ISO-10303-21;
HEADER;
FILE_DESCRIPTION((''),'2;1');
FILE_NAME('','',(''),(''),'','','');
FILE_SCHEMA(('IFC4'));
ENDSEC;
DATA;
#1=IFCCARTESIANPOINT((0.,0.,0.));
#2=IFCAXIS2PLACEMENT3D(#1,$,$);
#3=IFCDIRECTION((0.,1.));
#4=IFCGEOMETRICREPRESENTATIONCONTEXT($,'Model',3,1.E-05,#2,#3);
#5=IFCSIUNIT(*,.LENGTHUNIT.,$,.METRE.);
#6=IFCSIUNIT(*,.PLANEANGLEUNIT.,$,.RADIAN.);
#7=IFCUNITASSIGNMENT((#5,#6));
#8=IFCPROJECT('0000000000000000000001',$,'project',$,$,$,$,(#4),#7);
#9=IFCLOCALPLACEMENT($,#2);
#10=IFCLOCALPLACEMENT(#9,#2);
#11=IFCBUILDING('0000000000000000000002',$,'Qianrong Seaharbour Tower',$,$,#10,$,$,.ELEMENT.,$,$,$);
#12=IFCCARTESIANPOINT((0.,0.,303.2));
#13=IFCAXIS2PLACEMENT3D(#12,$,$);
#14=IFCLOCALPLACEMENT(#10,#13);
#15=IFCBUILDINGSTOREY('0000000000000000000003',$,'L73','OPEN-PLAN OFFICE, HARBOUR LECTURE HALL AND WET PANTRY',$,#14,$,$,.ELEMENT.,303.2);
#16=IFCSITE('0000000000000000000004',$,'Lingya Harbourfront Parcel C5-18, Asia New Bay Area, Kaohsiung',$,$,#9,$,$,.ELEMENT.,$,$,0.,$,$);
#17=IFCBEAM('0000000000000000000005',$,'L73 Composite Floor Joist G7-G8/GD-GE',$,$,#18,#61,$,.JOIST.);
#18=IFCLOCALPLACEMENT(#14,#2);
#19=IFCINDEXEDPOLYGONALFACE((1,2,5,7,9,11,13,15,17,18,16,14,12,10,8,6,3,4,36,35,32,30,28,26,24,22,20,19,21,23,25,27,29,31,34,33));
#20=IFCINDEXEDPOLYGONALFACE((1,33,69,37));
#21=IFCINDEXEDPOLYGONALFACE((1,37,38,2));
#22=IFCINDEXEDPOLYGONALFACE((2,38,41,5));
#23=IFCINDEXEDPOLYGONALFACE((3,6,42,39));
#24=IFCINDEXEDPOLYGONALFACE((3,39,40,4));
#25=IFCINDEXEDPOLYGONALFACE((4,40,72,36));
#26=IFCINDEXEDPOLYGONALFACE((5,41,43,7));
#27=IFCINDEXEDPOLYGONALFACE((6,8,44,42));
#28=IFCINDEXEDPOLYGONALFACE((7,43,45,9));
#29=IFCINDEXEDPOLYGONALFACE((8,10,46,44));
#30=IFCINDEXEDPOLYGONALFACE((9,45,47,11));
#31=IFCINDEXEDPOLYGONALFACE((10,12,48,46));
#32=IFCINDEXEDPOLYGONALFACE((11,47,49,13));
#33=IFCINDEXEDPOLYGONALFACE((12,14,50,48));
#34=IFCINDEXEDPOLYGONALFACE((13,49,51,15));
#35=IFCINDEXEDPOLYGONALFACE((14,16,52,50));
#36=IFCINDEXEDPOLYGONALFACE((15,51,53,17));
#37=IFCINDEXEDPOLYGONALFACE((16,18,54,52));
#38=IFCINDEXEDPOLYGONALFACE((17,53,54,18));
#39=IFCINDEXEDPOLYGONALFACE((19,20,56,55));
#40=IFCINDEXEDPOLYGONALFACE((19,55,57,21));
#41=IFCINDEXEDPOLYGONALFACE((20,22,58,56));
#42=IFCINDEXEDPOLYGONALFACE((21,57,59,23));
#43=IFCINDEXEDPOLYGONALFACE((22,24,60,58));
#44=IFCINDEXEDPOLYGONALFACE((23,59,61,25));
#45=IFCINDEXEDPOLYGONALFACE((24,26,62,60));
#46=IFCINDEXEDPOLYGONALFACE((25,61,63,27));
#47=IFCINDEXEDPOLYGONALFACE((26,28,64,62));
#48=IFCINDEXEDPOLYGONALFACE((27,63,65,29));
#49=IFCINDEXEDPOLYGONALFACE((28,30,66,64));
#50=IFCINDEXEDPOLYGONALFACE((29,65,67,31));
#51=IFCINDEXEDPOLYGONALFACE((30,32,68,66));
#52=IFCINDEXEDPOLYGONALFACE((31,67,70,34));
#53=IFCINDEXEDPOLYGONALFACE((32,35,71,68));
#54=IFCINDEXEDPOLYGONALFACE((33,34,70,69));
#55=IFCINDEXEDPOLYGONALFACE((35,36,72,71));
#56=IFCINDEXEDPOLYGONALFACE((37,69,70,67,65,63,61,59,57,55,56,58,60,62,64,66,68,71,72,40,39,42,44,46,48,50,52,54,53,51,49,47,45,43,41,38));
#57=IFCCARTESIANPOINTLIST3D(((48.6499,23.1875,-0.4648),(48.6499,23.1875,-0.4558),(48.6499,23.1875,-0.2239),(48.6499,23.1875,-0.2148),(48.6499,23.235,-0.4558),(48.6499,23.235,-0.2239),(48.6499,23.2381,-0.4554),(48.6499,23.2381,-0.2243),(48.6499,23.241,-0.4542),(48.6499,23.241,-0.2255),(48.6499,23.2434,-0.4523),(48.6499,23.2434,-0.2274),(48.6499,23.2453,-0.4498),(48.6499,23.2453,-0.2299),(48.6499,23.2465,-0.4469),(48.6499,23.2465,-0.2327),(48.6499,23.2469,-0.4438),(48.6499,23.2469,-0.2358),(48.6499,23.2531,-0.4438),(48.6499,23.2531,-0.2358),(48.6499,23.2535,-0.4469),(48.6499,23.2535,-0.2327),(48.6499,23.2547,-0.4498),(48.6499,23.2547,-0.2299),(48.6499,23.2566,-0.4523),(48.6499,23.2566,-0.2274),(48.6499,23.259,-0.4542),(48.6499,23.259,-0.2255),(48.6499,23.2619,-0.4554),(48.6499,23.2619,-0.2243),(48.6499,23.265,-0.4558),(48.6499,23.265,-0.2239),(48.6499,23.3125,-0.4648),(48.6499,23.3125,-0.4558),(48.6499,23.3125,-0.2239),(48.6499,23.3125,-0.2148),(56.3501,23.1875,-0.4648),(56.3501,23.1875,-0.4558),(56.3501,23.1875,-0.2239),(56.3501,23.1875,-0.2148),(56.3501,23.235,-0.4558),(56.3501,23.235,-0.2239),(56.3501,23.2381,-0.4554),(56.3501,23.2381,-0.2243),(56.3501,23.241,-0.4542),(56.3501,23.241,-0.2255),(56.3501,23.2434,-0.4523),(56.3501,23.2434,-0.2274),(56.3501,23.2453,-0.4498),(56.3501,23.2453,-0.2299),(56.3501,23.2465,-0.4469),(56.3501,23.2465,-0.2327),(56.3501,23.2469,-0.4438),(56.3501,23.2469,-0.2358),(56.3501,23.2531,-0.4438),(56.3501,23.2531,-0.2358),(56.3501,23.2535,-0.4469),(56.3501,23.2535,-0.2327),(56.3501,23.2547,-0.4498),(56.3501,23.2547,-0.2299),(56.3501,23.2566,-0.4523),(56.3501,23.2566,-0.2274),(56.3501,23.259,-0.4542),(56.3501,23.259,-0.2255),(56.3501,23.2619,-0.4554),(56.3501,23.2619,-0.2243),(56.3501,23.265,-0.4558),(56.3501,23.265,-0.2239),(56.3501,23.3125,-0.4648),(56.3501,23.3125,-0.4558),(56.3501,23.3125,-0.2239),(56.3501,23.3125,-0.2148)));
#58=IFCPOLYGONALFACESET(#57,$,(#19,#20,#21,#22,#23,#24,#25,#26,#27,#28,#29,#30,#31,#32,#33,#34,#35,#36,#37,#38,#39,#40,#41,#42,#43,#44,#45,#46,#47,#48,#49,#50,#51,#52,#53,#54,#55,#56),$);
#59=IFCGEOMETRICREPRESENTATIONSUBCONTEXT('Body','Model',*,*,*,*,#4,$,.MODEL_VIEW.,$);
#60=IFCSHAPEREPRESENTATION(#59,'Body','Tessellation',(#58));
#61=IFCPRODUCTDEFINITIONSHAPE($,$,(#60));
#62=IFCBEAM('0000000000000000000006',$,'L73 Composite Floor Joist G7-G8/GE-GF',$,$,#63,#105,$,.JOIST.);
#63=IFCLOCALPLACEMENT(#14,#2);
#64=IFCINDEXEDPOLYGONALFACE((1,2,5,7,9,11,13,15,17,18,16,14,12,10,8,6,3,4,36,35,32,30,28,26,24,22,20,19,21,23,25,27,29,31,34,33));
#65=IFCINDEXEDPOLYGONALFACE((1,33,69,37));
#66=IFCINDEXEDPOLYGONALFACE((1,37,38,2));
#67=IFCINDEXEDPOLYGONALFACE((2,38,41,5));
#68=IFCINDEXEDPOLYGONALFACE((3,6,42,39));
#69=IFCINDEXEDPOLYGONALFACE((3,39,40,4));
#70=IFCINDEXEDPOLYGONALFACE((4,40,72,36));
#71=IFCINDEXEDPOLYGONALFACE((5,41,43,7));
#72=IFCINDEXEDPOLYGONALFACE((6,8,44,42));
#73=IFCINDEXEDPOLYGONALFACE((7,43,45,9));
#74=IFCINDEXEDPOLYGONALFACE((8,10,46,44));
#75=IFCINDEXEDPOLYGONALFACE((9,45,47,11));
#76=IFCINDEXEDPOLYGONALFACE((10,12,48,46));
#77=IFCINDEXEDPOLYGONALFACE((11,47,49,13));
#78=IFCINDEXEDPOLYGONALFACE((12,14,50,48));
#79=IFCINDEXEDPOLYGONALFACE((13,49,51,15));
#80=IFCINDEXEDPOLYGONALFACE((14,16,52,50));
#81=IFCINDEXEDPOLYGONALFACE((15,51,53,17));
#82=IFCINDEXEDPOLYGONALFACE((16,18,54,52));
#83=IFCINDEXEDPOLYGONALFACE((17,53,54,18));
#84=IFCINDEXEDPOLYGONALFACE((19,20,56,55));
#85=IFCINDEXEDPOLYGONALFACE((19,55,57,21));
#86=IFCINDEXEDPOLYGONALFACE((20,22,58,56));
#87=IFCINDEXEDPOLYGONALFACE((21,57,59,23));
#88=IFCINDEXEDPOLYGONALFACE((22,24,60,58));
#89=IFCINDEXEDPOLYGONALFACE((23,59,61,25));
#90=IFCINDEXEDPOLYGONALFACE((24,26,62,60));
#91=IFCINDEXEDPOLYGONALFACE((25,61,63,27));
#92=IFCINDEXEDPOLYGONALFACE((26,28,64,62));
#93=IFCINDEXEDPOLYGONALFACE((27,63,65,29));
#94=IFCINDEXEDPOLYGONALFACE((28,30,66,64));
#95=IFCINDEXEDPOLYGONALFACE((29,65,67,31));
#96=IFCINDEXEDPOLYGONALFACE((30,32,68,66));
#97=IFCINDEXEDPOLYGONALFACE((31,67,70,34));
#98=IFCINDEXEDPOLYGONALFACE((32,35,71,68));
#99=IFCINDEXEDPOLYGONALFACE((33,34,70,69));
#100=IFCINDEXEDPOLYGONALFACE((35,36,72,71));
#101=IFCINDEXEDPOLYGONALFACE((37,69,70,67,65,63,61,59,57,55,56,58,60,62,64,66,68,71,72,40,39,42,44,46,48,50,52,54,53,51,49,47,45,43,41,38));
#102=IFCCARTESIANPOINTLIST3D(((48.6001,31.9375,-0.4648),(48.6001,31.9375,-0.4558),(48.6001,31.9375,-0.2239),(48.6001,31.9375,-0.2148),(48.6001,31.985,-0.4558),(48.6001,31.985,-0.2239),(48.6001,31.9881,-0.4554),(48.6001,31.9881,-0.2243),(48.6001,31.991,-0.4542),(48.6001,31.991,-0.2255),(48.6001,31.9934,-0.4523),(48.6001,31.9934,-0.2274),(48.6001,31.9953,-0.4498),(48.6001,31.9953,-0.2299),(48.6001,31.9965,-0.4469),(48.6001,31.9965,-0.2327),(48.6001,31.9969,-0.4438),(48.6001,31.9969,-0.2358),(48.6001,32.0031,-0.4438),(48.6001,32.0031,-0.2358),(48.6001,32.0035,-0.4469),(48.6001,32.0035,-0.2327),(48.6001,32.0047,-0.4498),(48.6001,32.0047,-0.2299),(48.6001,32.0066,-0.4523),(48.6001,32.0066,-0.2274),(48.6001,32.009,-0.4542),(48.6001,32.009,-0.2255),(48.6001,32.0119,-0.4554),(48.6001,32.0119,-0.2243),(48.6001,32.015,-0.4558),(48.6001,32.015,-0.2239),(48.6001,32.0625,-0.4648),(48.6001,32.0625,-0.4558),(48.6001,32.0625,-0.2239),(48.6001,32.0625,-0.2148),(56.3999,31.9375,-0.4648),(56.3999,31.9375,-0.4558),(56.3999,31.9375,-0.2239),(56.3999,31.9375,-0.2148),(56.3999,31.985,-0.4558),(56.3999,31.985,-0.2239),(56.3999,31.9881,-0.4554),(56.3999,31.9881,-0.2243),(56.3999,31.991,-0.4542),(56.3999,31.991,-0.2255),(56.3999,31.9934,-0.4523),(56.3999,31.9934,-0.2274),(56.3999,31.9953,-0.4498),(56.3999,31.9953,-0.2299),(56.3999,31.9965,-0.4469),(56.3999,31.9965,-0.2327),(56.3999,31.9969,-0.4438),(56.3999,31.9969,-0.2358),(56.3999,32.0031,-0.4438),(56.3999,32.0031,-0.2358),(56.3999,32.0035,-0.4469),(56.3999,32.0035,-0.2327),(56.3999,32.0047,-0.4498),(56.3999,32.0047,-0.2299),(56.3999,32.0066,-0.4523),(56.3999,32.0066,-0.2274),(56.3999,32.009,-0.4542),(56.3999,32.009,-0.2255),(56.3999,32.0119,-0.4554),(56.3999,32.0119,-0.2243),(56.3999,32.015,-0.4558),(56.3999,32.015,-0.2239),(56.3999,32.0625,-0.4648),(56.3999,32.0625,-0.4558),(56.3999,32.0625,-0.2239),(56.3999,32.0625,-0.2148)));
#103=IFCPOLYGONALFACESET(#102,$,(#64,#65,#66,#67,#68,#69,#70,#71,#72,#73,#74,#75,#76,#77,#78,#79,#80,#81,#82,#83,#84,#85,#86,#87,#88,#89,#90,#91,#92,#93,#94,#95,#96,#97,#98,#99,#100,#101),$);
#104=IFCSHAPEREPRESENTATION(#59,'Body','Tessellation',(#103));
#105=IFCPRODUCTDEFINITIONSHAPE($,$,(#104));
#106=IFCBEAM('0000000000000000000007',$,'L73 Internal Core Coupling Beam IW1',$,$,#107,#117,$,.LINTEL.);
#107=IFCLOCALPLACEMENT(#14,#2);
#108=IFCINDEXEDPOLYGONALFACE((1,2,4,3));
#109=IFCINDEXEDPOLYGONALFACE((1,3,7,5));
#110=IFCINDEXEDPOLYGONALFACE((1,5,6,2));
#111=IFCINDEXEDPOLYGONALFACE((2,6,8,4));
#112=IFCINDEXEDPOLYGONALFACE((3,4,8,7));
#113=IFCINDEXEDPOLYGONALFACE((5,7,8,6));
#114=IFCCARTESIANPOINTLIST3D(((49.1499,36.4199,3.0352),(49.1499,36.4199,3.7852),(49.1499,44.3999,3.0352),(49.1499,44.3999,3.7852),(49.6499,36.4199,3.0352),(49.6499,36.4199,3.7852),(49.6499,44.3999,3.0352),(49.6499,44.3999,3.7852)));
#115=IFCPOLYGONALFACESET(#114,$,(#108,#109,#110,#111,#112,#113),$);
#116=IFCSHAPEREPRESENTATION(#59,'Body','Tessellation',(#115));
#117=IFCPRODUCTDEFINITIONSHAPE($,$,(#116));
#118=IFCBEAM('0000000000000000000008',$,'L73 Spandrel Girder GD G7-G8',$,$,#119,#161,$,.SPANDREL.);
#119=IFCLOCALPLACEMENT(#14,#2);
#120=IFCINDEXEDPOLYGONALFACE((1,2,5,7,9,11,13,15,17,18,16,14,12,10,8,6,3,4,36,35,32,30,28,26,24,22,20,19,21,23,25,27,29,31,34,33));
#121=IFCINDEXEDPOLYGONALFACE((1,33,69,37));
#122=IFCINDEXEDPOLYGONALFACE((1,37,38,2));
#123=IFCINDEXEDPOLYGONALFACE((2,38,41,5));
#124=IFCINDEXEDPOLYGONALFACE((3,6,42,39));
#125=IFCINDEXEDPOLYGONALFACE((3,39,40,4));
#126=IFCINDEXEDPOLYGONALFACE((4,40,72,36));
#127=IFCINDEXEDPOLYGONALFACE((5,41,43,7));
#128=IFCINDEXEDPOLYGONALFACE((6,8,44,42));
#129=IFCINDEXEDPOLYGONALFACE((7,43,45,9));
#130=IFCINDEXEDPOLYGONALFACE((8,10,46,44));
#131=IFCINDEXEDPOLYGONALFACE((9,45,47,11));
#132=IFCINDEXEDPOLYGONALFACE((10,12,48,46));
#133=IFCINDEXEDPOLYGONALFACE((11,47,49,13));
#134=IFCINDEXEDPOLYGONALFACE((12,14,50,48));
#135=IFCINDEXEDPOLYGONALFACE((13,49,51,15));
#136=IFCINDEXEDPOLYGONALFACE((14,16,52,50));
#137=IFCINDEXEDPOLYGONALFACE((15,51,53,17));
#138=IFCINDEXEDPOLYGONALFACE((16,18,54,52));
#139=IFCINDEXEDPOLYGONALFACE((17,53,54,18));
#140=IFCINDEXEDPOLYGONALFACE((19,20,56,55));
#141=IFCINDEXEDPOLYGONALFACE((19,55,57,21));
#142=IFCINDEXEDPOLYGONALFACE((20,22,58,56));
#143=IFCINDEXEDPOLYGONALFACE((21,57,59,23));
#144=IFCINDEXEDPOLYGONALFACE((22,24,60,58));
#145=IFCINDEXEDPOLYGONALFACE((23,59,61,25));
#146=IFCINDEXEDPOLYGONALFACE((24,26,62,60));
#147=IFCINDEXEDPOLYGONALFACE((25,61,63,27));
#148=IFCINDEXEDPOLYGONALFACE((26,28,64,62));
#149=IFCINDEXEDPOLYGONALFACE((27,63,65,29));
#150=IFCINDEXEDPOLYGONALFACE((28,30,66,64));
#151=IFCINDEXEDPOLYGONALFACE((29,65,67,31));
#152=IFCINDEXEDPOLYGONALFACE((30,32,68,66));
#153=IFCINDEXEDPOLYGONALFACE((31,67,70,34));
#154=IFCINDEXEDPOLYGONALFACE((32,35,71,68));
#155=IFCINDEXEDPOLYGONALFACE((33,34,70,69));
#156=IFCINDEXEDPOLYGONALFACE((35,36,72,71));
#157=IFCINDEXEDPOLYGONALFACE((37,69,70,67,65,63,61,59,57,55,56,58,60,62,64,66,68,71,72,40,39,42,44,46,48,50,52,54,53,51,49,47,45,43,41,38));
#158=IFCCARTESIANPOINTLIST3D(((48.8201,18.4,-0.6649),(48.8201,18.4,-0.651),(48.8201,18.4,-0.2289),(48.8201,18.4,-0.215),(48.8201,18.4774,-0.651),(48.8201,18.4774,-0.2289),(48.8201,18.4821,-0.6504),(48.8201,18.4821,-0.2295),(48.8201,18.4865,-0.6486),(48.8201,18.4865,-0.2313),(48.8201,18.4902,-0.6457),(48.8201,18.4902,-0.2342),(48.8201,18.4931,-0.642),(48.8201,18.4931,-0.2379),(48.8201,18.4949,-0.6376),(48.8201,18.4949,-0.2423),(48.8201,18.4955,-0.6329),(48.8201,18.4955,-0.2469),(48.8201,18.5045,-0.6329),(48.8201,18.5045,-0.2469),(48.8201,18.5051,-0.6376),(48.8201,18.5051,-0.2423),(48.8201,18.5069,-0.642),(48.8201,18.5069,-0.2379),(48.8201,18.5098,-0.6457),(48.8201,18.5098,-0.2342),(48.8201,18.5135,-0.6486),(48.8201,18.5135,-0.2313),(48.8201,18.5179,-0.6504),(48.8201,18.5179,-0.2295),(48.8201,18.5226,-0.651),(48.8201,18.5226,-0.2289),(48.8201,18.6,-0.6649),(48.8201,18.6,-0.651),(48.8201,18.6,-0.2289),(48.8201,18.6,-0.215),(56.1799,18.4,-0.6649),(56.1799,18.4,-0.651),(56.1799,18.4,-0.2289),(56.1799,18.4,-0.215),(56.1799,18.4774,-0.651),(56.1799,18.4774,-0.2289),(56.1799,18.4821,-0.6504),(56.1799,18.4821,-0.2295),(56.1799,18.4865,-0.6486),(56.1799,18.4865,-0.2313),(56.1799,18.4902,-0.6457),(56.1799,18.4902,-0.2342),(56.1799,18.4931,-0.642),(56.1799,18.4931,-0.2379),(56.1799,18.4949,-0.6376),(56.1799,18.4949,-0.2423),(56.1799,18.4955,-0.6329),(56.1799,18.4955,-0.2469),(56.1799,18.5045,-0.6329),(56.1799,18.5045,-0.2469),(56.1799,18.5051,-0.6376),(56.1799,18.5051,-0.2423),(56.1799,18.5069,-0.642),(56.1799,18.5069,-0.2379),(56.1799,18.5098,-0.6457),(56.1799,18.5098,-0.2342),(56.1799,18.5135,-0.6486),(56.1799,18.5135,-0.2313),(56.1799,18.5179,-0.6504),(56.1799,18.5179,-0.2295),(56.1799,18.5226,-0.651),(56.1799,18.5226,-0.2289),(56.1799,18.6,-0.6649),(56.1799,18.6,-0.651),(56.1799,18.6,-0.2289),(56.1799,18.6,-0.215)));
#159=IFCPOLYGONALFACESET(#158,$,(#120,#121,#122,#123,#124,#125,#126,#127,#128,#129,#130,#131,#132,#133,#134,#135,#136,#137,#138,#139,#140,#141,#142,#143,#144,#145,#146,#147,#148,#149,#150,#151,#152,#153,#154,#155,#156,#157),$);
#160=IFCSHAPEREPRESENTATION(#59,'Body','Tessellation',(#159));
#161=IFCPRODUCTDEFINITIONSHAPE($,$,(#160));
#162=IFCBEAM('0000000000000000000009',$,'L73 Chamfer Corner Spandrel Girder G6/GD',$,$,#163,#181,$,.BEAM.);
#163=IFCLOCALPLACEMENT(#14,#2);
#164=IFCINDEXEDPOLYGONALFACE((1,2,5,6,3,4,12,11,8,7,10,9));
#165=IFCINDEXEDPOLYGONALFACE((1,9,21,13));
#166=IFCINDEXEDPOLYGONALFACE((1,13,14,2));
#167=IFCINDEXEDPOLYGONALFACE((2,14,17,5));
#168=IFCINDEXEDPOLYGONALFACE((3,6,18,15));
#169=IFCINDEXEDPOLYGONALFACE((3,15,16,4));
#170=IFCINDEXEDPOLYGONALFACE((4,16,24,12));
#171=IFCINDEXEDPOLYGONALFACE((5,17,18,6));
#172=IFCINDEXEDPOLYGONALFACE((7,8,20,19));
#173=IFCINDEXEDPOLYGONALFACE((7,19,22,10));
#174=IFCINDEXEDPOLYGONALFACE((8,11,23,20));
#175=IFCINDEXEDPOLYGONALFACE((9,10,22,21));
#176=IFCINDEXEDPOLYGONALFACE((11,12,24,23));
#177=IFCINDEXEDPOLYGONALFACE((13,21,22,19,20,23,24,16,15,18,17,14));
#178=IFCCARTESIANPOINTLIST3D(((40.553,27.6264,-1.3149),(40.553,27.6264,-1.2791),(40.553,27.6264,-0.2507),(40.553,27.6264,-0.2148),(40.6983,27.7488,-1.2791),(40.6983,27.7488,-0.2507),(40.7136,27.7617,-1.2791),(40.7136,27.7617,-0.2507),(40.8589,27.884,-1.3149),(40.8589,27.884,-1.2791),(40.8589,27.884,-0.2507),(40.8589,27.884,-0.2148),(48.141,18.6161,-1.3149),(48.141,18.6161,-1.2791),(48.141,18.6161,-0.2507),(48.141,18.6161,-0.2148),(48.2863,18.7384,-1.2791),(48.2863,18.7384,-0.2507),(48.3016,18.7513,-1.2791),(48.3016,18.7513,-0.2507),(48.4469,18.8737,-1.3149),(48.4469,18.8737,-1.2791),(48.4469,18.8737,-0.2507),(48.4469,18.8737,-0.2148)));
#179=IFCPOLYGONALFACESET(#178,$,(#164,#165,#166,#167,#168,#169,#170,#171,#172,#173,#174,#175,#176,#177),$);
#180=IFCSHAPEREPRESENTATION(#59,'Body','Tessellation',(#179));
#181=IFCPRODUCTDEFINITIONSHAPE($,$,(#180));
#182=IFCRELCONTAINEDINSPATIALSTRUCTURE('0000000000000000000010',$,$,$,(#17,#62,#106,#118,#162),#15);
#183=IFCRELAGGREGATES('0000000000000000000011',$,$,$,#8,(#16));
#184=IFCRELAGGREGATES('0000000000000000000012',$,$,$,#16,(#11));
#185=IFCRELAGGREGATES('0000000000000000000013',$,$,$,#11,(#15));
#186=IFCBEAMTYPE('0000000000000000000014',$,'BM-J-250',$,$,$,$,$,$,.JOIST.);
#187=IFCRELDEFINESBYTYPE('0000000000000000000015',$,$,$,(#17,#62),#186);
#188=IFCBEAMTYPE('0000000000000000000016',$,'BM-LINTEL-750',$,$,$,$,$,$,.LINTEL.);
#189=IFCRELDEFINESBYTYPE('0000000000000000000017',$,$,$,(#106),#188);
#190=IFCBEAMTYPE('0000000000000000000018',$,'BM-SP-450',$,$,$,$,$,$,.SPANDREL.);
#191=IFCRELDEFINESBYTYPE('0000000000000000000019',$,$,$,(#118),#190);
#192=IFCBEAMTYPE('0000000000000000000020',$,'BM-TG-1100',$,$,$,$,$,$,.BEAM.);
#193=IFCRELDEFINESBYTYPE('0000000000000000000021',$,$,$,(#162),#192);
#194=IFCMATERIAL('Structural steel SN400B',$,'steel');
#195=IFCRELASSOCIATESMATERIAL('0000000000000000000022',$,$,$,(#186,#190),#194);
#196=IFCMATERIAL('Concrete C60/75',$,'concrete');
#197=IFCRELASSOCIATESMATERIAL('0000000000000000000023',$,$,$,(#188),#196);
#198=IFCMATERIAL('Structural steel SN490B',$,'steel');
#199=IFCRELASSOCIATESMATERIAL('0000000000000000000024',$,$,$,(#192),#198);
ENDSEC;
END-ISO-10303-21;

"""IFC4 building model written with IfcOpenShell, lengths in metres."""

from ifc_helpers import new_model, si_unit, direction, frame, origin, origin_2d, place, context, subcontext, project, spatial, rectangle, i_section, extrude, material, material_profile, profile_set, type_object, element, save


model = new_model("IFC4")

# Units and contexts
model_context = context("Model", 3, precision=1e-05, world=origin(), true_north=direction((0.0, 1.0)))
body_context = subcontext(model_context, "Body", "Model", "MODEL_VIEW")
ifc_project = project(units=[si_unit("LENGTHUNIT", "METRE"), si_unit("PLANEANGLEUNIT", "RADIAN")], contexts=[model_context])

# Site, building, storey
site_placement = place(None, origin())
site = spatial("IfcSite", under=ifc_project, at=site_placement, Name="Lingya Harbourfront Parcel C5-18, Asia New Bay Area, Kaohsiung", CompositionType="ELEMENT", RefElevation=0.0)
building_placement = place(site_placement, origin())
building = spatial("IfcBuilding", under=site, at=building_placement, Name="Qianrong Seaharbour Tower", CompositionType="ELEMENT")
storey_placement = place(building_placement, frame((0.0, 0.0, 303.2)))
storey = spatial("IfcBuildingStorey", under=building, at=storey_placement, Name="L73", Description="OPEN-PLAN OFFICE, HARBOUR LECTURE HALL AND WET PANTRY", CompositionType="ELEMENT", Elevation=303.2)

# Shared definitions
ifc_material_1 = material(Name="Structural steel SN400B", Category="steel")

# Beams
ifc_material_2 = material(Name="Structural steel SN490B", Category="steel")
ifc_material_profile_1 = material_profile(ifc_material_1, i_section(OverallWidth=0.125, OverallDepth=0.25, WebThickness=0.0061, FlangeThickness=0.009, FilletRadius=0.012, at=origin_2d()), Name="H250x125x6x9")
ifc_profile_set_1 = profile_set([ifc_material_profile_1], Name="Structural steel SN400B")
beam_type_1 = type_object("IfcBeamType", Name="BM-J-250", PredefinedType="JOIST", material=ifc_profile_set_1)
beam_1_placement = place(storey_placement, frame((48.6499, 23.25, -0.3398), z_axis=(1.0, 0.0, 0.0), x_axis=(0.0, 1.0, 0.0)))
element("IfcBeam", 1, at=beam_1_placement, inside=storey, type_object=beam_type_1, Name="L73 Composite Floor Joist G7-G8/GD-GE", PredefinedType="JOIST", context=body_context, shape_type="SweptSolid", body=[
    extrude(i_section(OverallWidth=0.125, OverallDepth=0.25, WebThickness=0.0061, FlangeThickness=0.009, FilletRadius=0.012, at=origin_2d()), origin(), (0.0, 0.0, 1.0), 7.7002),
])
beam_2_placement = place(storey_placement, frame((48.6001, 32.0, -0.3398), z_axis=(1.0, 0.0, 0.0), x_axis=(0.0, 1.0, 0.0)))
element("IfcBeam", 2, at=beam_2_placement, inside=storey, type_object=beam_type_1, Name="L73 Composite Floor Joist G7-G8/GE-GF", PredefinedType="JOIST", context=body_context, shape_type="SweptSolid", body=[
    extrude(i_section(OverallWidth=0.125, OverallDepth=0.25, WebThickness=0.0061, FlangeThickness=0.009, FilletRadius=0.012, at=origin_2d()), origin(), (0.0, 0.0, 1.0), 7.7998),
])
ifc_material_3 = material(Name="Concrete C60/75", Category="concrete")
ifc_material_profile_2 = material_profile(ifc_material_3, rectangle(XDim=0.5, YDim=0.75, at=origin_2d()), Name="RC500x750")
ifc_profile_set_2 = profile_set([ifc_material_profile_2], Name="Concrete C60/75")
beam_type_2 = type_object("IfcBeamType", Name="BM-LINTEL-750", PredefinedType="LINTEL", material=ifc_profile_set_2)
beam_3_placement = place(storey_placement, frame((49.3999, 36.4199, 3.4102), z_axis=(0.0, 1.0, 0.0), x_axis=(-1.0, 0.0, 0.0)))
element("IfcBeam", 3, at=beam_3_placement, inside=storey, type_object=beam_type_2, Name="L73 Internal Core Coupling Beam IW1", PredefinedType="LINTEL", context=body_context, shape_type="SweptSolid", body=[
    extrude(rectangle(XDim=0.5, YDim=0.75, at=origin_2d()), origin(), (0.0, 0.0, 1.0), 7.98),
])
ifc_material_profile_3 = material_profile(ifc_material_1, i_section(OverallWidth=0.2, OverallDepth=0.45, WebThickness=0.009, FlangeThickness=0.0139, FilletRadius=0.0181, at=origin_2d()), Name="H450x200x9x14")
ifc_profile_set_3 = profile_set([ifc_material_profile_3], Name="Structural steel SN400B")
beam_type_3 = type_object("IfcBeamType", Name="BM-SP-450", PredefinedType="SPANDREL", material=ifc_profile_set_3)
beam_4_placement = place(storey_placement, frame((48.8201, 18.5, -0.4399), z_axis=(1.0, 0.0, 0.0), x_axis=(0.0, 1.0, 0.0)))
element("IfcBeam", 4, at=beam_4_placement, inside=storey, type_object=beam_type_3, Name="L73 Spandrel Girder GD G7-G8", PredefinedType="SPANDREL", context=body_context, shape_type="SweptSolid", body=[
    extrude(i_section(OverallWidth=0.2, OverallDepth=0.45, WebThickness=0.009, FlangeThickness=0.0139, FilletRadius=0.0181, at=origin_2d()), origin(), (0.0, 0.0, 1.0), 7.3599),
])
ifc_material_profile_4 = material_profile(ifc_material_2, i_section(OverallWidth=0.3999, OverallDepth=1.1001, WebThickness=0.02, FlangeThickness=0.0359, at=origin_2d()), Name="BH1100x400x20x36")
ifc_profile_set_4 = profile_set([ifc_material_profile_4], Name="Structural steel SN490B")
beam_type_4 = type_object("IfcBeamType", Name="BM-TG-1100", PredefinedType="BEAM", material=ifc_profile_set_4)
beam_5_placement = place(storey_placement, frame((48.2939, 18.7449, -0.7649), z_axis=(-0.644151, 0.764898, 0.0), x_axis=(-0.764898, -0.644151, 0.0)))
element("IfcBeam", 5, at=beam_5_placement, inside=storey, type_object=beam_type_4, Name="L73 Chamfer Corner Spandrel Girder G6/GD", PredefinedType="BEAM", context=body_context, shape_type="SweptSolid", body=[
    extrude(i_section(OverallWidth=0.3999, OverallDepth=1.1001, WebThickness=0.02, FlangeThickness=0.0359, at=origin_2d()), origin(), (0.0, 0.0, 1.0), 11.7798),
])

save(model, "model.ifc")
